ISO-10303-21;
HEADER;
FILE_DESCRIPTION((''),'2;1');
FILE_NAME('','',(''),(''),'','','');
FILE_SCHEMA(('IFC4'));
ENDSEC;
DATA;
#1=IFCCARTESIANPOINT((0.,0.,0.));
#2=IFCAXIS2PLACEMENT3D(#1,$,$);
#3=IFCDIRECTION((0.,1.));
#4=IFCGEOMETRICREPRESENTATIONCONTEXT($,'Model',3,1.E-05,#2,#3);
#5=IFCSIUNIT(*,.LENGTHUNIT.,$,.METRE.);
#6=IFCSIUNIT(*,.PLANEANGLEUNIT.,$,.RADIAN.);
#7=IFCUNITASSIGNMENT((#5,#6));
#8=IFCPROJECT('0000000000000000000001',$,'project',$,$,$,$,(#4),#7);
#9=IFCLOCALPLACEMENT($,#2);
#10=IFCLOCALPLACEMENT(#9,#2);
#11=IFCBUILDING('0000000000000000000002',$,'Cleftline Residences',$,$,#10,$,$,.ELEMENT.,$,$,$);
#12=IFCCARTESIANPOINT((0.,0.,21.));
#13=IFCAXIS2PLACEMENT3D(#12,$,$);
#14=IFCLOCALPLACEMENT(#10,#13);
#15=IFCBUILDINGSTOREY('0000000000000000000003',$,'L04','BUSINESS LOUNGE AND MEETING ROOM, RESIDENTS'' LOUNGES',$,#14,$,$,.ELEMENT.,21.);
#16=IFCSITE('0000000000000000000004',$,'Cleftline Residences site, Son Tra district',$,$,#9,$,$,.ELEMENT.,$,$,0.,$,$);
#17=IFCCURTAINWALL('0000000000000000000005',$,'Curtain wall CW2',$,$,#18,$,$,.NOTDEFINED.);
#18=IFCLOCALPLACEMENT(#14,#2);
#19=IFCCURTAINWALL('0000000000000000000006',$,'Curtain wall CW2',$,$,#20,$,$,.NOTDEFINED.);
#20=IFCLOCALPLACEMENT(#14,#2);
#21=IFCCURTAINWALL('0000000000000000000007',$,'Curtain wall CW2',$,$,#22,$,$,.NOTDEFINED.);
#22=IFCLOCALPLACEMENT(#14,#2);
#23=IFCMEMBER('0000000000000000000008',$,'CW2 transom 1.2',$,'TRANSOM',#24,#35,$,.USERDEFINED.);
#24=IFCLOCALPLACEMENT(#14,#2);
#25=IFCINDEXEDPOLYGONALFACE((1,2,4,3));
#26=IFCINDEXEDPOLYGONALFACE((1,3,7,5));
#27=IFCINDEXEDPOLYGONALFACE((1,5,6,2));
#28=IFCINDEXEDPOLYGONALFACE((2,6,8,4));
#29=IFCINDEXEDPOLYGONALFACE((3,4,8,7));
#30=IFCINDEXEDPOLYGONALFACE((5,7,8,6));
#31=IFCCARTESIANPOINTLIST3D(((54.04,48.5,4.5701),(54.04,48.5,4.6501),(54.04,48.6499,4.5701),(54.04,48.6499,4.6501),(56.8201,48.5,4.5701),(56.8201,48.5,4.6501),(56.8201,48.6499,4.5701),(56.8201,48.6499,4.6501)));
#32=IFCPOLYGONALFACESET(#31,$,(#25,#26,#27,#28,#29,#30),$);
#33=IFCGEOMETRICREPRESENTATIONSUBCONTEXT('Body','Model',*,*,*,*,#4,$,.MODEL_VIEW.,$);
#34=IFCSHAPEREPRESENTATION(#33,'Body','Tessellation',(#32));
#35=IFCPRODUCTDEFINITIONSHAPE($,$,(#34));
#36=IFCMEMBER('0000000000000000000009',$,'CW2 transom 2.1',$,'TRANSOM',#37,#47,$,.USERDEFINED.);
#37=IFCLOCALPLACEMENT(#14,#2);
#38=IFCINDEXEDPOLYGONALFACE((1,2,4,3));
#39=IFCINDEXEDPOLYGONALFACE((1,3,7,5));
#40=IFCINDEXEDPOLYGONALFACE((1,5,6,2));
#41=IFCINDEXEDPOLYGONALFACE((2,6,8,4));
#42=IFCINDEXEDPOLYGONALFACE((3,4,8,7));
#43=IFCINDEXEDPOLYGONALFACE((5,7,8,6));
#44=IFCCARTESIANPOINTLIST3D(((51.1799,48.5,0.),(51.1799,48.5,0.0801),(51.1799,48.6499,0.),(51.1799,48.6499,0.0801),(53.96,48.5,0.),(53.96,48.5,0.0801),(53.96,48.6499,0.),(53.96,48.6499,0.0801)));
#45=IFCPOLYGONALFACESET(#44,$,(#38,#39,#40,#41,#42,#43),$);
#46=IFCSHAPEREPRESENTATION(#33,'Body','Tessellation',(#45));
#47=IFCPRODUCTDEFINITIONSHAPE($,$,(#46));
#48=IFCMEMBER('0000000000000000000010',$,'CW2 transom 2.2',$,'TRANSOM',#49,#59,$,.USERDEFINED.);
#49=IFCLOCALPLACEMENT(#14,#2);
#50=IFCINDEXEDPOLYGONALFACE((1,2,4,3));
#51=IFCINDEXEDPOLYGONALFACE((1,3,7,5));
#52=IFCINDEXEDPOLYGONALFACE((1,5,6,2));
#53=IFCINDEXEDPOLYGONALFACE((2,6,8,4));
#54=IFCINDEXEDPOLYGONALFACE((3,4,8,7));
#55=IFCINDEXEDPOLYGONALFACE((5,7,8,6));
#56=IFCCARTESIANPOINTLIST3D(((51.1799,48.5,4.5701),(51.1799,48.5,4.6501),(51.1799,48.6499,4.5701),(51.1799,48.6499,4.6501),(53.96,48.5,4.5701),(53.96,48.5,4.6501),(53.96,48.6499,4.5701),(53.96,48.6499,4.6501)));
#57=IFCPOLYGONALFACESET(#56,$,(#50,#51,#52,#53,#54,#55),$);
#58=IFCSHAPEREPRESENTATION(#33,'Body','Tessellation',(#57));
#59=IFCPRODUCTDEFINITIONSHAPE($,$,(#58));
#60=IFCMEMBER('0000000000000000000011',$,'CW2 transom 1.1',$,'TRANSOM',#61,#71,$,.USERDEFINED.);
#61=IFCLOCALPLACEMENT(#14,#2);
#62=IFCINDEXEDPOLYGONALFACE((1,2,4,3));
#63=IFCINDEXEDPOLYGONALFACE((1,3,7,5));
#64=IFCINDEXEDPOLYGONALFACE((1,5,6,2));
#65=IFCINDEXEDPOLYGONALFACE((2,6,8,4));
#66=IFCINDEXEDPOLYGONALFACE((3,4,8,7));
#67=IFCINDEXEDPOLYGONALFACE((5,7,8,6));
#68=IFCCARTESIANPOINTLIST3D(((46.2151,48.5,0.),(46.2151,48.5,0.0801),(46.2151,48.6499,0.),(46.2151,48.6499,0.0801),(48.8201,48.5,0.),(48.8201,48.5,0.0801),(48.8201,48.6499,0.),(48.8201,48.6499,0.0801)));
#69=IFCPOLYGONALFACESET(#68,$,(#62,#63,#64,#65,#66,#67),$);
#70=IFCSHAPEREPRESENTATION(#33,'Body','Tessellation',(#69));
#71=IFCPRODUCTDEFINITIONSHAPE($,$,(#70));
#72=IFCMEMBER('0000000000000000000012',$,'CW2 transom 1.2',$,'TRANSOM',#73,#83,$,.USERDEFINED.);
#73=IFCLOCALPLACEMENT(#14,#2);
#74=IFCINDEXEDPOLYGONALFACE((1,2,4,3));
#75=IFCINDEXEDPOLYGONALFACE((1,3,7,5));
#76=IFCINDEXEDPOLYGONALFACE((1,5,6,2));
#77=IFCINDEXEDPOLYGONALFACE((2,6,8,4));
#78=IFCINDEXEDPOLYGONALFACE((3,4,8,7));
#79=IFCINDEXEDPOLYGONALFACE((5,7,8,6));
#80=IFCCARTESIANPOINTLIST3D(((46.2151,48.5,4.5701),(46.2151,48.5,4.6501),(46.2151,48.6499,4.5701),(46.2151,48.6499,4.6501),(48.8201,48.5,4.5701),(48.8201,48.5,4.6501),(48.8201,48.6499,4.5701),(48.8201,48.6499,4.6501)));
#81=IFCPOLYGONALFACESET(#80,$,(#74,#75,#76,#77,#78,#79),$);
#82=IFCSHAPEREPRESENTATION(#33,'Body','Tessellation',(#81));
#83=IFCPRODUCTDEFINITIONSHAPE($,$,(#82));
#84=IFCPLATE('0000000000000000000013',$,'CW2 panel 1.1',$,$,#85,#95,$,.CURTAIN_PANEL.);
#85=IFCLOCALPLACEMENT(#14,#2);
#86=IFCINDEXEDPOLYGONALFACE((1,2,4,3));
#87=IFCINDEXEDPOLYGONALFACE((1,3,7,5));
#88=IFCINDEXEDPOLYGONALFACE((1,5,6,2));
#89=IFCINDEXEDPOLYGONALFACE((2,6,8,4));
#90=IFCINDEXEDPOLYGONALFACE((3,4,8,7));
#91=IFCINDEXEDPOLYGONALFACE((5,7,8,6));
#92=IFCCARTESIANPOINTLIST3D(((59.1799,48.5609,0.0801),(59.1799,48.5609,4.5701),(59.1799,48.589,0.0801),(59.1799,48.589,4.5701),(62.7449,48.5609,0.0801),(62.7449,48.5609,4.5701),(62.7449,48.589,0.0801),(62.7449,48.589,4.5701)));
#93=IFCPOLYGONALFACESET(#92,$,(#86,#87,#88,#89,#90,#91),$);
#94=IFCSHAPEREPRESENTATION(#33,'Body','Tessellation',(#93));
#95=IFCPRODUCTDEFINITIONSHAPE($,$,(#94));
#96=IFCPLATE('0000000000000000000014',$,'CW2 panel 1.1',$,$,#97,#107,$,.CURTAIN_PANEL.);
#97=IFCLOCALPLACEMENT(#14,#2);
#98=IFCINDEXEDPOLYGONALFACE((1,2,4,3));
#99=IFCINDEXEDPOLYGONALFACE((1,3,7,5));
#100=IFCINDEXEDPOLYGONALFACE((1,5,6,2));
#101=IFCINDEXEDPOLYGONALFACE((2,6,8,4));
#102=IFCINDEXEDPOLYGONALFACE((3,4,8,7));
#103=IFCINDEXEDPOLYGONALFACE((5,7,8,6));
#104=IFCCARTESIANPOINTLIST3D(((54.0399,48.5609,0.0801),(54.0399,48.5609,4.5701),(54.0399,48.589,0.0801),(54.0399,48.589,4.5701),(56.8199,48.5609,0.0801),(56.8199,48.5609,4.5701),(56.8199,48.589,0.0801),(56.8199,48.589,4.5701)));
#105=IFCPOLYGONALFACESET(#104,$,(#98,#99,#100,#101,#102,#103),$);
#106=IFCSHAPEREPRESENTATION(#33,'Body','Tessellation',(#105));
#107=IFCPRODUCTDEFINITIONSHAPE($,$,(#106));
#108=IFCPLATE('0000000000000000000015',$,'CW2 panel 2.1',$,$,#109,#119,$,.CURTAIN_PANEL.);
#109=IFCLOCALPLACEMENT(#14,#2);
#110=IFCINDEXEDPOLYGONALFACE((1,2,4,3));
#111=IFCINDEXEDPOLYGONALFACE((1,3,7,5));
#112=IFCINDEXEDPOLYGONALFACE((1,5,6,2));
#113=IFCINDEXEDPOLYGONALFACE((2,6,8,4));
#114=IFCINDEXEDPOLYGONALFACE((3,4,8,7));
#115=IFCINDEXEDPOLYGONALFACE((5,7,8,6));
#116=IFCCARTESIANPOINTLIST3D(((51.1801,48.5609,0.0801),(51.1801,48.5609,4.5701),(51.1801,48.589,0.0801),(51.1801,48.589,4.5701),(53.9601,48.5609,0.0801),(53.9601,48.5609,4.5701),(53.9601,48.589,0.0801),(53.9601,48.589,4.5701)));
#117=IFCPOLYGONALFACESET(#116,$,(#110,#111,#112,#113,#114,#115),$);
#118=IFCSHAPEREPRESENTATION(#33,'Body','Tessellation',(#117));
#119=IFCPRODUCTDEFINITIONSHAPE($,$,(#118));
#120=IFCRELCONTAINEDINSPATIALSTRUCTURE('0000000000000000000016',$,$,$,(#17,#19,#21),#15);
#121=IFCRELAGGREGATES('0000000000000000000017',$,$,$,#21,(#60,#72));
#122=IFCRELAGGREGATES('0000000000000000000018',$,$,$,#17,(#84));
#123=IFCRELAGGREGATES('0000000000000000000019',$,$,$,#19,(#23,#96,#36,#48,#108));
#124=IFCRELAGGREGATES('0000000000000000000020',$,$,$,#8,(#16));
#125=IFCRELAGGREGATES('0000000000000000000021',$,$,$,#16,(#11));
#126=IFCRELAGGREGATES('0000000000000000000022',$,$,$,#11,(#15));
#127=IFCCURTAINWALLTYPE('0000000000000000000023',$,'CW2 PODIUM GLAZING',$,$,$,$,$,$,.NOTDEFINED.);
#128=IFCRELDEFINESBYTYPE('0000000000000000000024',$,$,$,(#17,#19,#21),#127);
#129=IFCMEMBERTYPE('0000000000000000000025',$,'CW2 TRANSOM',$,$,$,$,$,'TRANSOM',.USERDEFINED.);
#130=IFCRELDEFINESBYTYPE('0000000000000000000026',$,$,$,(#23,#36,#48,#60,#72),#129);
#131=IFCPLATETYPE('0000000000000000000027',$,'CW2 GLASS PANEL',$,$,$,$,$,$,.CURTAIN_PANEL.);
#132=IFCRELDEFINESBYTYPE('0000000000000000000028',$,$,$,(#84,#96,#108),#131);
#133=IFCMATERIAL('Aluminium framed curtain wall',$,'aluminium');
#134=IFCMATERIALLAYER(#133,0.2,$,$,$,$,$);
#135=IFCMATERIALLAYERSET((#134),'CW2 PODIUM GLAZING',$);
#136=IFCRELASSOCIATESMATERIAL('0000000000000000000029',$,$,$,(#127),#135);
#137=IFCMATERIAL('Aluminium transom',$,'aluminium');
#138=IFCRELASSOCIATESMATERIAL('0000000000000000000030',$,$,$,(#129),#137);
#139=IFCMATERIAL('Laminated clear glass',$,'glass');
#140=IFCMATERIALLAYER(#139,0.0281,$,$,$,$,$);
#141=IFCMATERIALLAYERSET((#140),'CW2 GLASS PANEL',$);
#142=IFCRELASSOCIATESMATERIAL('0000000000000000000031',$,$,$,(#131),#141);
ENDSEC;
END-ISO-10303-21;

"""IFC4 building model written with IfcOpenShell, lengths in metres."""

from ifc_helpers import new_model, si_unit, direction, frame, origin, origin_2d, place, context, subcontext, project, spatial, rectangle, extrude, material, layer, layer_set, material_profile, profile_set, type_object, element, aggregate, save


model = new_model("IFC4")

# Units and contexts
model_context = context("Model", 3, precision=1e-05, world=origin(), true_north=direction((0.0, 1.0)))
body_context = subcontext(model_context, "Body", "Model", "MODEL_VIEW")
ifc_project = project(units=[si_unit("LENGTHUNIT", "METRE"), si_unit("PLANEANGLEUNIT", "RADIAN")], contexts=[model_context])

# Site, building, storey
site_placement = place(None, origin())
site = spatial("IfcSite", under=ifc_project, at=site_placement, Name="Cleftline Residences site, Son Tra district", CompositionType="ELEMENT", RefElevation=0.0)
building_placement = place(site_placement, origin())
building = spatial("IfcBuilding", under=site, at=building_placement, Name="Cleftline Residences", CompositionType="ELEMENT")
storey_placement = place(building_placement, frame((0.0, 0.0, 21.0)))
storey = spatial("IfcBuildingStorey", under=building, at=storey_placement, Name="L04", Description="BUSINESS LOUNGE AND MEETING ROOM, RESIDENTS' LOUNGES", CompositionType="ELEMENT", Elevation=21.0)

# Shared definitions
ifc_material_1 = material(Name="Aluminium framed curtain wall", Category="aluminium")
ifc_layer_1 = layer(ifc_material_1, 0.2)
ifc_layer_set_1 = layer_set([ifc_layer_1], Name="CW2 PODIUM GLAZING")
curtain_wall_type = type_object("IfcCurtainWallType", Name="CW2 PODIUM GLAZING", PredefinedType="NOTDEFINED", material=ifc_layer_set_1)

# Curtain walls
curtain_wall_1_placement = place(storey_placement, origin())
curtain_wall_1 = element("IfcCurtainWall", 1, at=curtain_wall_1_placement, inside=storey, type_object=curtain_wall_type, Name="Curtain wall CW2", PredefinedType="NOTDEFINED")
curtain_wall_2_placement = place(storey_placement, origin())
curtain_wall_2 = element("IfcCurtainWall", 2, at=curtain_wall_2_placement, inside=storey, type_object=curtain_wall_type, Name="Curtain wall CW2", PredefinedType="NOTDEFINED")

# Curtain wall
curtain_wall_3_placement = place(storey_placement, origin())
curtain_wall_3 = element("IfcCurtainWall", 3, at=curtain_wall_3_placement, inside=storey, type_object=curtain_wall_type, Name="Curtain wall CW2", PredefinedType="NOTDEFINED")

# Members
ifc_material_2 = material(Name="Aluminium transom", Category="aluminium")
ifc_material_profile_1 = material_profile(ifc_material_2, rectangle(XDim=0.1499, YDim=0.0801, at=origin_2d()))
ifc_profile_set_1 = profile_set([ifc_material_profile_1], Name="Aluminium transom")
member_type_1 = type_object("IfcMemberType", Name="CW2 TRANSOM", ElementType="TRANSOM", PredefinedType="USERDEFINED", material=ifc_profile_set_1)
member_1_placement = place(storey_placement, frame((56.8201, 48.575, 4.6101), z_axis=(-1.0, 0.0, 0.0), x_axis=(0.0, -1.0, 0.0)))
member_1 = element("IfcMember", 4, at=member_1_placement, type_object=member_type_1, Name="CW2 transom 1.2", ObjectType="TRANSOM", PredefinedType="USERDEFINED", context=body_context, shape_type="SweptSolid", body=[
    extrude(rectangle(XDim=0.1499, YDim=0.0801, at=origin_2d()), origin(), (0.0, 0.0, 1.0), 2.78),
])
member_2_placement = place(storey_placement, frame((53.96, 48.575, 0.04), z_axis=(-1.0, 0.0, 0.0), x_axis=(0.0, -1.0, 0.0)))
member_2 = element("IfcMember", 5, at=member_2_placement, type_object=member_type_1, Name="CW2 transom 2.1", ObjectType="TRANSOM", PredefinedType="USERDEFINED", context=body_context, shape_type="SweptSolid", body=[
    extrude(rectangle(XDim=0.1499, YDim=0.0801, at=origin_2d()), origin(), (0.0, 0.0, 1.0), 2.78),
])
member_3_placement = place(storey_placement, frame((53.96, 48.575, 4.6101), z_axis=(-1.0, 0.0, 0.0), x_axis=(0.0, -1.0, 0.0)))
member_3 = element("IfcMember", 6, at=member_3_placement, type_object=member_type_1, Name="CW2 transom 2.2", ObjectType="TRANSOM", PredefinedType="USERDEFINED", context=body_context, shape_type="SweptSolid", body=[
    extrude(rectangle(XDim=0.1499, YDim=0.0801, at=origin_2d()), origin(), (0.0, 0.0, 1.0), 2.78),
])
member_4_placement = place(storey_placement, frame((48.8201, 48.575, 0.04), z_axis=(-1.0, 0.0, 0.0), x_axis=(0.0, -1.0, 0.0)))
member_4 = element("IfcMember", 7, at=member_4_placement, type_object=member_type_1, Name="CW2 transom 1.1", ObjectType="TRANSOM", PredefinedType="USERDEFINED", context=body_context, shape_type="SweptSolid", body=[
    extrude(rectangle(XDim=0.1499, YDim=0.0801, at=origin_2d()), origin(), (0.0, 0.0, 1.0), 2.605),
])
member_5_placement = place(storey_placement, frame((48.8201, 48.575, 4.6101), z_axis=(-1.0, 0.0, 0.0), x_axis=(0.0, -1.0, 0.0)))
member_5 = element("IfcMember", 8, at=member_5_placement, type_object=member_type_1, Name="CW2 transom 1.2", ObjectType="TRANSOM", PredefinedType="USERDEFINED", context=body_context, shape_type="SweptSolid", body=[
    extrude(rectangle(XDim=0.1499, YDim=0.0801, at=origin_2d()), origin(), (0.0, 0.0, 1.0), 2.605),
])
aggregate(curtain_wall_3, [member_4, member_5])

# Plates
ifc_material_3 = material(Name="Laminated clear glass", Category="glass")
ifc_layer_2 = layer(ifc_material_3, 0.0281)
ifc_layer_set_2 = layer_set([ifc_layer_2], Name="CW2 GLASS PANEL")
plate_type = type_object("IfcPlateType", Name="CW2 GLASS PANEL", PredefinedType="CURTAIN_PANEL", material=ifc_layer_set_2)
plate_1_placement = place(storey_placement, frame((60.9624, 48.575, 0.0801), z_axis=(0.0, 0.0, 1.0), x_axis=(-1.0, 0.0, 0.0)))
plate_1 = element("IfcPlate", 9, at=plate_1_placement, type_object=plate_type, Name="CW2 panel 1.1", PredefinedType="CURTAIN_PANEL", context=body_context, shape_type="SweptSolid", body=[
    extrude(rectangle(XDim=3.5649, YDim=0.0281, at=origin_2d()), origin(), (0.0, 0.0, 1.0), 4.49),
])
aggregate(curtain_wall_1, [plate_1])
plate_2_placement = place(storey_placement, frame((55.4299, 48.575, 0.0801), z_axis=(0.0, 0.0, 1.0), x_axis=(-1.0, 0.0, 0.0)))
plate_2 = element("IfcPlate", 10, at=plate_2_placement, type_object=plate_type, Name="CW2 panel 1.1", PredefinedType="CURTAIN_PANEL", context=body_context, shape_type="SweptSolid", body=[
    extrude(rectangle(XDim=2.78, YDim=0.0281, at=origin_2d()), origin(), (0.0, 0.0, 1.0), 4.49),
])
plate_3_placement = place(storey_placement, frame((52.5701, 48.575, 0.0801), z_axis=(0.0, 0.0, 1.0), x_axis=(-1.0, 0.0, 0.0)))
plate_3 = element("IfcPlate", 11, at=plate_3_placement, type_object=plate_type, Name="CW2 panel 2.1", PredefinedType="CURTAIN_PANEL", context=body_context, shape_type="SweptSolid", body=[
    extrude(rectangle(XDim=2.78, YDim=0.0281, at=origin_2d()), origin(), (0.0, 0.0, 1.0), 4.49),
])
aggregate(curtain_wall_2, [member_1, plate_2, member_2, member_3, plate_3])

save(model, "model.ifc")
